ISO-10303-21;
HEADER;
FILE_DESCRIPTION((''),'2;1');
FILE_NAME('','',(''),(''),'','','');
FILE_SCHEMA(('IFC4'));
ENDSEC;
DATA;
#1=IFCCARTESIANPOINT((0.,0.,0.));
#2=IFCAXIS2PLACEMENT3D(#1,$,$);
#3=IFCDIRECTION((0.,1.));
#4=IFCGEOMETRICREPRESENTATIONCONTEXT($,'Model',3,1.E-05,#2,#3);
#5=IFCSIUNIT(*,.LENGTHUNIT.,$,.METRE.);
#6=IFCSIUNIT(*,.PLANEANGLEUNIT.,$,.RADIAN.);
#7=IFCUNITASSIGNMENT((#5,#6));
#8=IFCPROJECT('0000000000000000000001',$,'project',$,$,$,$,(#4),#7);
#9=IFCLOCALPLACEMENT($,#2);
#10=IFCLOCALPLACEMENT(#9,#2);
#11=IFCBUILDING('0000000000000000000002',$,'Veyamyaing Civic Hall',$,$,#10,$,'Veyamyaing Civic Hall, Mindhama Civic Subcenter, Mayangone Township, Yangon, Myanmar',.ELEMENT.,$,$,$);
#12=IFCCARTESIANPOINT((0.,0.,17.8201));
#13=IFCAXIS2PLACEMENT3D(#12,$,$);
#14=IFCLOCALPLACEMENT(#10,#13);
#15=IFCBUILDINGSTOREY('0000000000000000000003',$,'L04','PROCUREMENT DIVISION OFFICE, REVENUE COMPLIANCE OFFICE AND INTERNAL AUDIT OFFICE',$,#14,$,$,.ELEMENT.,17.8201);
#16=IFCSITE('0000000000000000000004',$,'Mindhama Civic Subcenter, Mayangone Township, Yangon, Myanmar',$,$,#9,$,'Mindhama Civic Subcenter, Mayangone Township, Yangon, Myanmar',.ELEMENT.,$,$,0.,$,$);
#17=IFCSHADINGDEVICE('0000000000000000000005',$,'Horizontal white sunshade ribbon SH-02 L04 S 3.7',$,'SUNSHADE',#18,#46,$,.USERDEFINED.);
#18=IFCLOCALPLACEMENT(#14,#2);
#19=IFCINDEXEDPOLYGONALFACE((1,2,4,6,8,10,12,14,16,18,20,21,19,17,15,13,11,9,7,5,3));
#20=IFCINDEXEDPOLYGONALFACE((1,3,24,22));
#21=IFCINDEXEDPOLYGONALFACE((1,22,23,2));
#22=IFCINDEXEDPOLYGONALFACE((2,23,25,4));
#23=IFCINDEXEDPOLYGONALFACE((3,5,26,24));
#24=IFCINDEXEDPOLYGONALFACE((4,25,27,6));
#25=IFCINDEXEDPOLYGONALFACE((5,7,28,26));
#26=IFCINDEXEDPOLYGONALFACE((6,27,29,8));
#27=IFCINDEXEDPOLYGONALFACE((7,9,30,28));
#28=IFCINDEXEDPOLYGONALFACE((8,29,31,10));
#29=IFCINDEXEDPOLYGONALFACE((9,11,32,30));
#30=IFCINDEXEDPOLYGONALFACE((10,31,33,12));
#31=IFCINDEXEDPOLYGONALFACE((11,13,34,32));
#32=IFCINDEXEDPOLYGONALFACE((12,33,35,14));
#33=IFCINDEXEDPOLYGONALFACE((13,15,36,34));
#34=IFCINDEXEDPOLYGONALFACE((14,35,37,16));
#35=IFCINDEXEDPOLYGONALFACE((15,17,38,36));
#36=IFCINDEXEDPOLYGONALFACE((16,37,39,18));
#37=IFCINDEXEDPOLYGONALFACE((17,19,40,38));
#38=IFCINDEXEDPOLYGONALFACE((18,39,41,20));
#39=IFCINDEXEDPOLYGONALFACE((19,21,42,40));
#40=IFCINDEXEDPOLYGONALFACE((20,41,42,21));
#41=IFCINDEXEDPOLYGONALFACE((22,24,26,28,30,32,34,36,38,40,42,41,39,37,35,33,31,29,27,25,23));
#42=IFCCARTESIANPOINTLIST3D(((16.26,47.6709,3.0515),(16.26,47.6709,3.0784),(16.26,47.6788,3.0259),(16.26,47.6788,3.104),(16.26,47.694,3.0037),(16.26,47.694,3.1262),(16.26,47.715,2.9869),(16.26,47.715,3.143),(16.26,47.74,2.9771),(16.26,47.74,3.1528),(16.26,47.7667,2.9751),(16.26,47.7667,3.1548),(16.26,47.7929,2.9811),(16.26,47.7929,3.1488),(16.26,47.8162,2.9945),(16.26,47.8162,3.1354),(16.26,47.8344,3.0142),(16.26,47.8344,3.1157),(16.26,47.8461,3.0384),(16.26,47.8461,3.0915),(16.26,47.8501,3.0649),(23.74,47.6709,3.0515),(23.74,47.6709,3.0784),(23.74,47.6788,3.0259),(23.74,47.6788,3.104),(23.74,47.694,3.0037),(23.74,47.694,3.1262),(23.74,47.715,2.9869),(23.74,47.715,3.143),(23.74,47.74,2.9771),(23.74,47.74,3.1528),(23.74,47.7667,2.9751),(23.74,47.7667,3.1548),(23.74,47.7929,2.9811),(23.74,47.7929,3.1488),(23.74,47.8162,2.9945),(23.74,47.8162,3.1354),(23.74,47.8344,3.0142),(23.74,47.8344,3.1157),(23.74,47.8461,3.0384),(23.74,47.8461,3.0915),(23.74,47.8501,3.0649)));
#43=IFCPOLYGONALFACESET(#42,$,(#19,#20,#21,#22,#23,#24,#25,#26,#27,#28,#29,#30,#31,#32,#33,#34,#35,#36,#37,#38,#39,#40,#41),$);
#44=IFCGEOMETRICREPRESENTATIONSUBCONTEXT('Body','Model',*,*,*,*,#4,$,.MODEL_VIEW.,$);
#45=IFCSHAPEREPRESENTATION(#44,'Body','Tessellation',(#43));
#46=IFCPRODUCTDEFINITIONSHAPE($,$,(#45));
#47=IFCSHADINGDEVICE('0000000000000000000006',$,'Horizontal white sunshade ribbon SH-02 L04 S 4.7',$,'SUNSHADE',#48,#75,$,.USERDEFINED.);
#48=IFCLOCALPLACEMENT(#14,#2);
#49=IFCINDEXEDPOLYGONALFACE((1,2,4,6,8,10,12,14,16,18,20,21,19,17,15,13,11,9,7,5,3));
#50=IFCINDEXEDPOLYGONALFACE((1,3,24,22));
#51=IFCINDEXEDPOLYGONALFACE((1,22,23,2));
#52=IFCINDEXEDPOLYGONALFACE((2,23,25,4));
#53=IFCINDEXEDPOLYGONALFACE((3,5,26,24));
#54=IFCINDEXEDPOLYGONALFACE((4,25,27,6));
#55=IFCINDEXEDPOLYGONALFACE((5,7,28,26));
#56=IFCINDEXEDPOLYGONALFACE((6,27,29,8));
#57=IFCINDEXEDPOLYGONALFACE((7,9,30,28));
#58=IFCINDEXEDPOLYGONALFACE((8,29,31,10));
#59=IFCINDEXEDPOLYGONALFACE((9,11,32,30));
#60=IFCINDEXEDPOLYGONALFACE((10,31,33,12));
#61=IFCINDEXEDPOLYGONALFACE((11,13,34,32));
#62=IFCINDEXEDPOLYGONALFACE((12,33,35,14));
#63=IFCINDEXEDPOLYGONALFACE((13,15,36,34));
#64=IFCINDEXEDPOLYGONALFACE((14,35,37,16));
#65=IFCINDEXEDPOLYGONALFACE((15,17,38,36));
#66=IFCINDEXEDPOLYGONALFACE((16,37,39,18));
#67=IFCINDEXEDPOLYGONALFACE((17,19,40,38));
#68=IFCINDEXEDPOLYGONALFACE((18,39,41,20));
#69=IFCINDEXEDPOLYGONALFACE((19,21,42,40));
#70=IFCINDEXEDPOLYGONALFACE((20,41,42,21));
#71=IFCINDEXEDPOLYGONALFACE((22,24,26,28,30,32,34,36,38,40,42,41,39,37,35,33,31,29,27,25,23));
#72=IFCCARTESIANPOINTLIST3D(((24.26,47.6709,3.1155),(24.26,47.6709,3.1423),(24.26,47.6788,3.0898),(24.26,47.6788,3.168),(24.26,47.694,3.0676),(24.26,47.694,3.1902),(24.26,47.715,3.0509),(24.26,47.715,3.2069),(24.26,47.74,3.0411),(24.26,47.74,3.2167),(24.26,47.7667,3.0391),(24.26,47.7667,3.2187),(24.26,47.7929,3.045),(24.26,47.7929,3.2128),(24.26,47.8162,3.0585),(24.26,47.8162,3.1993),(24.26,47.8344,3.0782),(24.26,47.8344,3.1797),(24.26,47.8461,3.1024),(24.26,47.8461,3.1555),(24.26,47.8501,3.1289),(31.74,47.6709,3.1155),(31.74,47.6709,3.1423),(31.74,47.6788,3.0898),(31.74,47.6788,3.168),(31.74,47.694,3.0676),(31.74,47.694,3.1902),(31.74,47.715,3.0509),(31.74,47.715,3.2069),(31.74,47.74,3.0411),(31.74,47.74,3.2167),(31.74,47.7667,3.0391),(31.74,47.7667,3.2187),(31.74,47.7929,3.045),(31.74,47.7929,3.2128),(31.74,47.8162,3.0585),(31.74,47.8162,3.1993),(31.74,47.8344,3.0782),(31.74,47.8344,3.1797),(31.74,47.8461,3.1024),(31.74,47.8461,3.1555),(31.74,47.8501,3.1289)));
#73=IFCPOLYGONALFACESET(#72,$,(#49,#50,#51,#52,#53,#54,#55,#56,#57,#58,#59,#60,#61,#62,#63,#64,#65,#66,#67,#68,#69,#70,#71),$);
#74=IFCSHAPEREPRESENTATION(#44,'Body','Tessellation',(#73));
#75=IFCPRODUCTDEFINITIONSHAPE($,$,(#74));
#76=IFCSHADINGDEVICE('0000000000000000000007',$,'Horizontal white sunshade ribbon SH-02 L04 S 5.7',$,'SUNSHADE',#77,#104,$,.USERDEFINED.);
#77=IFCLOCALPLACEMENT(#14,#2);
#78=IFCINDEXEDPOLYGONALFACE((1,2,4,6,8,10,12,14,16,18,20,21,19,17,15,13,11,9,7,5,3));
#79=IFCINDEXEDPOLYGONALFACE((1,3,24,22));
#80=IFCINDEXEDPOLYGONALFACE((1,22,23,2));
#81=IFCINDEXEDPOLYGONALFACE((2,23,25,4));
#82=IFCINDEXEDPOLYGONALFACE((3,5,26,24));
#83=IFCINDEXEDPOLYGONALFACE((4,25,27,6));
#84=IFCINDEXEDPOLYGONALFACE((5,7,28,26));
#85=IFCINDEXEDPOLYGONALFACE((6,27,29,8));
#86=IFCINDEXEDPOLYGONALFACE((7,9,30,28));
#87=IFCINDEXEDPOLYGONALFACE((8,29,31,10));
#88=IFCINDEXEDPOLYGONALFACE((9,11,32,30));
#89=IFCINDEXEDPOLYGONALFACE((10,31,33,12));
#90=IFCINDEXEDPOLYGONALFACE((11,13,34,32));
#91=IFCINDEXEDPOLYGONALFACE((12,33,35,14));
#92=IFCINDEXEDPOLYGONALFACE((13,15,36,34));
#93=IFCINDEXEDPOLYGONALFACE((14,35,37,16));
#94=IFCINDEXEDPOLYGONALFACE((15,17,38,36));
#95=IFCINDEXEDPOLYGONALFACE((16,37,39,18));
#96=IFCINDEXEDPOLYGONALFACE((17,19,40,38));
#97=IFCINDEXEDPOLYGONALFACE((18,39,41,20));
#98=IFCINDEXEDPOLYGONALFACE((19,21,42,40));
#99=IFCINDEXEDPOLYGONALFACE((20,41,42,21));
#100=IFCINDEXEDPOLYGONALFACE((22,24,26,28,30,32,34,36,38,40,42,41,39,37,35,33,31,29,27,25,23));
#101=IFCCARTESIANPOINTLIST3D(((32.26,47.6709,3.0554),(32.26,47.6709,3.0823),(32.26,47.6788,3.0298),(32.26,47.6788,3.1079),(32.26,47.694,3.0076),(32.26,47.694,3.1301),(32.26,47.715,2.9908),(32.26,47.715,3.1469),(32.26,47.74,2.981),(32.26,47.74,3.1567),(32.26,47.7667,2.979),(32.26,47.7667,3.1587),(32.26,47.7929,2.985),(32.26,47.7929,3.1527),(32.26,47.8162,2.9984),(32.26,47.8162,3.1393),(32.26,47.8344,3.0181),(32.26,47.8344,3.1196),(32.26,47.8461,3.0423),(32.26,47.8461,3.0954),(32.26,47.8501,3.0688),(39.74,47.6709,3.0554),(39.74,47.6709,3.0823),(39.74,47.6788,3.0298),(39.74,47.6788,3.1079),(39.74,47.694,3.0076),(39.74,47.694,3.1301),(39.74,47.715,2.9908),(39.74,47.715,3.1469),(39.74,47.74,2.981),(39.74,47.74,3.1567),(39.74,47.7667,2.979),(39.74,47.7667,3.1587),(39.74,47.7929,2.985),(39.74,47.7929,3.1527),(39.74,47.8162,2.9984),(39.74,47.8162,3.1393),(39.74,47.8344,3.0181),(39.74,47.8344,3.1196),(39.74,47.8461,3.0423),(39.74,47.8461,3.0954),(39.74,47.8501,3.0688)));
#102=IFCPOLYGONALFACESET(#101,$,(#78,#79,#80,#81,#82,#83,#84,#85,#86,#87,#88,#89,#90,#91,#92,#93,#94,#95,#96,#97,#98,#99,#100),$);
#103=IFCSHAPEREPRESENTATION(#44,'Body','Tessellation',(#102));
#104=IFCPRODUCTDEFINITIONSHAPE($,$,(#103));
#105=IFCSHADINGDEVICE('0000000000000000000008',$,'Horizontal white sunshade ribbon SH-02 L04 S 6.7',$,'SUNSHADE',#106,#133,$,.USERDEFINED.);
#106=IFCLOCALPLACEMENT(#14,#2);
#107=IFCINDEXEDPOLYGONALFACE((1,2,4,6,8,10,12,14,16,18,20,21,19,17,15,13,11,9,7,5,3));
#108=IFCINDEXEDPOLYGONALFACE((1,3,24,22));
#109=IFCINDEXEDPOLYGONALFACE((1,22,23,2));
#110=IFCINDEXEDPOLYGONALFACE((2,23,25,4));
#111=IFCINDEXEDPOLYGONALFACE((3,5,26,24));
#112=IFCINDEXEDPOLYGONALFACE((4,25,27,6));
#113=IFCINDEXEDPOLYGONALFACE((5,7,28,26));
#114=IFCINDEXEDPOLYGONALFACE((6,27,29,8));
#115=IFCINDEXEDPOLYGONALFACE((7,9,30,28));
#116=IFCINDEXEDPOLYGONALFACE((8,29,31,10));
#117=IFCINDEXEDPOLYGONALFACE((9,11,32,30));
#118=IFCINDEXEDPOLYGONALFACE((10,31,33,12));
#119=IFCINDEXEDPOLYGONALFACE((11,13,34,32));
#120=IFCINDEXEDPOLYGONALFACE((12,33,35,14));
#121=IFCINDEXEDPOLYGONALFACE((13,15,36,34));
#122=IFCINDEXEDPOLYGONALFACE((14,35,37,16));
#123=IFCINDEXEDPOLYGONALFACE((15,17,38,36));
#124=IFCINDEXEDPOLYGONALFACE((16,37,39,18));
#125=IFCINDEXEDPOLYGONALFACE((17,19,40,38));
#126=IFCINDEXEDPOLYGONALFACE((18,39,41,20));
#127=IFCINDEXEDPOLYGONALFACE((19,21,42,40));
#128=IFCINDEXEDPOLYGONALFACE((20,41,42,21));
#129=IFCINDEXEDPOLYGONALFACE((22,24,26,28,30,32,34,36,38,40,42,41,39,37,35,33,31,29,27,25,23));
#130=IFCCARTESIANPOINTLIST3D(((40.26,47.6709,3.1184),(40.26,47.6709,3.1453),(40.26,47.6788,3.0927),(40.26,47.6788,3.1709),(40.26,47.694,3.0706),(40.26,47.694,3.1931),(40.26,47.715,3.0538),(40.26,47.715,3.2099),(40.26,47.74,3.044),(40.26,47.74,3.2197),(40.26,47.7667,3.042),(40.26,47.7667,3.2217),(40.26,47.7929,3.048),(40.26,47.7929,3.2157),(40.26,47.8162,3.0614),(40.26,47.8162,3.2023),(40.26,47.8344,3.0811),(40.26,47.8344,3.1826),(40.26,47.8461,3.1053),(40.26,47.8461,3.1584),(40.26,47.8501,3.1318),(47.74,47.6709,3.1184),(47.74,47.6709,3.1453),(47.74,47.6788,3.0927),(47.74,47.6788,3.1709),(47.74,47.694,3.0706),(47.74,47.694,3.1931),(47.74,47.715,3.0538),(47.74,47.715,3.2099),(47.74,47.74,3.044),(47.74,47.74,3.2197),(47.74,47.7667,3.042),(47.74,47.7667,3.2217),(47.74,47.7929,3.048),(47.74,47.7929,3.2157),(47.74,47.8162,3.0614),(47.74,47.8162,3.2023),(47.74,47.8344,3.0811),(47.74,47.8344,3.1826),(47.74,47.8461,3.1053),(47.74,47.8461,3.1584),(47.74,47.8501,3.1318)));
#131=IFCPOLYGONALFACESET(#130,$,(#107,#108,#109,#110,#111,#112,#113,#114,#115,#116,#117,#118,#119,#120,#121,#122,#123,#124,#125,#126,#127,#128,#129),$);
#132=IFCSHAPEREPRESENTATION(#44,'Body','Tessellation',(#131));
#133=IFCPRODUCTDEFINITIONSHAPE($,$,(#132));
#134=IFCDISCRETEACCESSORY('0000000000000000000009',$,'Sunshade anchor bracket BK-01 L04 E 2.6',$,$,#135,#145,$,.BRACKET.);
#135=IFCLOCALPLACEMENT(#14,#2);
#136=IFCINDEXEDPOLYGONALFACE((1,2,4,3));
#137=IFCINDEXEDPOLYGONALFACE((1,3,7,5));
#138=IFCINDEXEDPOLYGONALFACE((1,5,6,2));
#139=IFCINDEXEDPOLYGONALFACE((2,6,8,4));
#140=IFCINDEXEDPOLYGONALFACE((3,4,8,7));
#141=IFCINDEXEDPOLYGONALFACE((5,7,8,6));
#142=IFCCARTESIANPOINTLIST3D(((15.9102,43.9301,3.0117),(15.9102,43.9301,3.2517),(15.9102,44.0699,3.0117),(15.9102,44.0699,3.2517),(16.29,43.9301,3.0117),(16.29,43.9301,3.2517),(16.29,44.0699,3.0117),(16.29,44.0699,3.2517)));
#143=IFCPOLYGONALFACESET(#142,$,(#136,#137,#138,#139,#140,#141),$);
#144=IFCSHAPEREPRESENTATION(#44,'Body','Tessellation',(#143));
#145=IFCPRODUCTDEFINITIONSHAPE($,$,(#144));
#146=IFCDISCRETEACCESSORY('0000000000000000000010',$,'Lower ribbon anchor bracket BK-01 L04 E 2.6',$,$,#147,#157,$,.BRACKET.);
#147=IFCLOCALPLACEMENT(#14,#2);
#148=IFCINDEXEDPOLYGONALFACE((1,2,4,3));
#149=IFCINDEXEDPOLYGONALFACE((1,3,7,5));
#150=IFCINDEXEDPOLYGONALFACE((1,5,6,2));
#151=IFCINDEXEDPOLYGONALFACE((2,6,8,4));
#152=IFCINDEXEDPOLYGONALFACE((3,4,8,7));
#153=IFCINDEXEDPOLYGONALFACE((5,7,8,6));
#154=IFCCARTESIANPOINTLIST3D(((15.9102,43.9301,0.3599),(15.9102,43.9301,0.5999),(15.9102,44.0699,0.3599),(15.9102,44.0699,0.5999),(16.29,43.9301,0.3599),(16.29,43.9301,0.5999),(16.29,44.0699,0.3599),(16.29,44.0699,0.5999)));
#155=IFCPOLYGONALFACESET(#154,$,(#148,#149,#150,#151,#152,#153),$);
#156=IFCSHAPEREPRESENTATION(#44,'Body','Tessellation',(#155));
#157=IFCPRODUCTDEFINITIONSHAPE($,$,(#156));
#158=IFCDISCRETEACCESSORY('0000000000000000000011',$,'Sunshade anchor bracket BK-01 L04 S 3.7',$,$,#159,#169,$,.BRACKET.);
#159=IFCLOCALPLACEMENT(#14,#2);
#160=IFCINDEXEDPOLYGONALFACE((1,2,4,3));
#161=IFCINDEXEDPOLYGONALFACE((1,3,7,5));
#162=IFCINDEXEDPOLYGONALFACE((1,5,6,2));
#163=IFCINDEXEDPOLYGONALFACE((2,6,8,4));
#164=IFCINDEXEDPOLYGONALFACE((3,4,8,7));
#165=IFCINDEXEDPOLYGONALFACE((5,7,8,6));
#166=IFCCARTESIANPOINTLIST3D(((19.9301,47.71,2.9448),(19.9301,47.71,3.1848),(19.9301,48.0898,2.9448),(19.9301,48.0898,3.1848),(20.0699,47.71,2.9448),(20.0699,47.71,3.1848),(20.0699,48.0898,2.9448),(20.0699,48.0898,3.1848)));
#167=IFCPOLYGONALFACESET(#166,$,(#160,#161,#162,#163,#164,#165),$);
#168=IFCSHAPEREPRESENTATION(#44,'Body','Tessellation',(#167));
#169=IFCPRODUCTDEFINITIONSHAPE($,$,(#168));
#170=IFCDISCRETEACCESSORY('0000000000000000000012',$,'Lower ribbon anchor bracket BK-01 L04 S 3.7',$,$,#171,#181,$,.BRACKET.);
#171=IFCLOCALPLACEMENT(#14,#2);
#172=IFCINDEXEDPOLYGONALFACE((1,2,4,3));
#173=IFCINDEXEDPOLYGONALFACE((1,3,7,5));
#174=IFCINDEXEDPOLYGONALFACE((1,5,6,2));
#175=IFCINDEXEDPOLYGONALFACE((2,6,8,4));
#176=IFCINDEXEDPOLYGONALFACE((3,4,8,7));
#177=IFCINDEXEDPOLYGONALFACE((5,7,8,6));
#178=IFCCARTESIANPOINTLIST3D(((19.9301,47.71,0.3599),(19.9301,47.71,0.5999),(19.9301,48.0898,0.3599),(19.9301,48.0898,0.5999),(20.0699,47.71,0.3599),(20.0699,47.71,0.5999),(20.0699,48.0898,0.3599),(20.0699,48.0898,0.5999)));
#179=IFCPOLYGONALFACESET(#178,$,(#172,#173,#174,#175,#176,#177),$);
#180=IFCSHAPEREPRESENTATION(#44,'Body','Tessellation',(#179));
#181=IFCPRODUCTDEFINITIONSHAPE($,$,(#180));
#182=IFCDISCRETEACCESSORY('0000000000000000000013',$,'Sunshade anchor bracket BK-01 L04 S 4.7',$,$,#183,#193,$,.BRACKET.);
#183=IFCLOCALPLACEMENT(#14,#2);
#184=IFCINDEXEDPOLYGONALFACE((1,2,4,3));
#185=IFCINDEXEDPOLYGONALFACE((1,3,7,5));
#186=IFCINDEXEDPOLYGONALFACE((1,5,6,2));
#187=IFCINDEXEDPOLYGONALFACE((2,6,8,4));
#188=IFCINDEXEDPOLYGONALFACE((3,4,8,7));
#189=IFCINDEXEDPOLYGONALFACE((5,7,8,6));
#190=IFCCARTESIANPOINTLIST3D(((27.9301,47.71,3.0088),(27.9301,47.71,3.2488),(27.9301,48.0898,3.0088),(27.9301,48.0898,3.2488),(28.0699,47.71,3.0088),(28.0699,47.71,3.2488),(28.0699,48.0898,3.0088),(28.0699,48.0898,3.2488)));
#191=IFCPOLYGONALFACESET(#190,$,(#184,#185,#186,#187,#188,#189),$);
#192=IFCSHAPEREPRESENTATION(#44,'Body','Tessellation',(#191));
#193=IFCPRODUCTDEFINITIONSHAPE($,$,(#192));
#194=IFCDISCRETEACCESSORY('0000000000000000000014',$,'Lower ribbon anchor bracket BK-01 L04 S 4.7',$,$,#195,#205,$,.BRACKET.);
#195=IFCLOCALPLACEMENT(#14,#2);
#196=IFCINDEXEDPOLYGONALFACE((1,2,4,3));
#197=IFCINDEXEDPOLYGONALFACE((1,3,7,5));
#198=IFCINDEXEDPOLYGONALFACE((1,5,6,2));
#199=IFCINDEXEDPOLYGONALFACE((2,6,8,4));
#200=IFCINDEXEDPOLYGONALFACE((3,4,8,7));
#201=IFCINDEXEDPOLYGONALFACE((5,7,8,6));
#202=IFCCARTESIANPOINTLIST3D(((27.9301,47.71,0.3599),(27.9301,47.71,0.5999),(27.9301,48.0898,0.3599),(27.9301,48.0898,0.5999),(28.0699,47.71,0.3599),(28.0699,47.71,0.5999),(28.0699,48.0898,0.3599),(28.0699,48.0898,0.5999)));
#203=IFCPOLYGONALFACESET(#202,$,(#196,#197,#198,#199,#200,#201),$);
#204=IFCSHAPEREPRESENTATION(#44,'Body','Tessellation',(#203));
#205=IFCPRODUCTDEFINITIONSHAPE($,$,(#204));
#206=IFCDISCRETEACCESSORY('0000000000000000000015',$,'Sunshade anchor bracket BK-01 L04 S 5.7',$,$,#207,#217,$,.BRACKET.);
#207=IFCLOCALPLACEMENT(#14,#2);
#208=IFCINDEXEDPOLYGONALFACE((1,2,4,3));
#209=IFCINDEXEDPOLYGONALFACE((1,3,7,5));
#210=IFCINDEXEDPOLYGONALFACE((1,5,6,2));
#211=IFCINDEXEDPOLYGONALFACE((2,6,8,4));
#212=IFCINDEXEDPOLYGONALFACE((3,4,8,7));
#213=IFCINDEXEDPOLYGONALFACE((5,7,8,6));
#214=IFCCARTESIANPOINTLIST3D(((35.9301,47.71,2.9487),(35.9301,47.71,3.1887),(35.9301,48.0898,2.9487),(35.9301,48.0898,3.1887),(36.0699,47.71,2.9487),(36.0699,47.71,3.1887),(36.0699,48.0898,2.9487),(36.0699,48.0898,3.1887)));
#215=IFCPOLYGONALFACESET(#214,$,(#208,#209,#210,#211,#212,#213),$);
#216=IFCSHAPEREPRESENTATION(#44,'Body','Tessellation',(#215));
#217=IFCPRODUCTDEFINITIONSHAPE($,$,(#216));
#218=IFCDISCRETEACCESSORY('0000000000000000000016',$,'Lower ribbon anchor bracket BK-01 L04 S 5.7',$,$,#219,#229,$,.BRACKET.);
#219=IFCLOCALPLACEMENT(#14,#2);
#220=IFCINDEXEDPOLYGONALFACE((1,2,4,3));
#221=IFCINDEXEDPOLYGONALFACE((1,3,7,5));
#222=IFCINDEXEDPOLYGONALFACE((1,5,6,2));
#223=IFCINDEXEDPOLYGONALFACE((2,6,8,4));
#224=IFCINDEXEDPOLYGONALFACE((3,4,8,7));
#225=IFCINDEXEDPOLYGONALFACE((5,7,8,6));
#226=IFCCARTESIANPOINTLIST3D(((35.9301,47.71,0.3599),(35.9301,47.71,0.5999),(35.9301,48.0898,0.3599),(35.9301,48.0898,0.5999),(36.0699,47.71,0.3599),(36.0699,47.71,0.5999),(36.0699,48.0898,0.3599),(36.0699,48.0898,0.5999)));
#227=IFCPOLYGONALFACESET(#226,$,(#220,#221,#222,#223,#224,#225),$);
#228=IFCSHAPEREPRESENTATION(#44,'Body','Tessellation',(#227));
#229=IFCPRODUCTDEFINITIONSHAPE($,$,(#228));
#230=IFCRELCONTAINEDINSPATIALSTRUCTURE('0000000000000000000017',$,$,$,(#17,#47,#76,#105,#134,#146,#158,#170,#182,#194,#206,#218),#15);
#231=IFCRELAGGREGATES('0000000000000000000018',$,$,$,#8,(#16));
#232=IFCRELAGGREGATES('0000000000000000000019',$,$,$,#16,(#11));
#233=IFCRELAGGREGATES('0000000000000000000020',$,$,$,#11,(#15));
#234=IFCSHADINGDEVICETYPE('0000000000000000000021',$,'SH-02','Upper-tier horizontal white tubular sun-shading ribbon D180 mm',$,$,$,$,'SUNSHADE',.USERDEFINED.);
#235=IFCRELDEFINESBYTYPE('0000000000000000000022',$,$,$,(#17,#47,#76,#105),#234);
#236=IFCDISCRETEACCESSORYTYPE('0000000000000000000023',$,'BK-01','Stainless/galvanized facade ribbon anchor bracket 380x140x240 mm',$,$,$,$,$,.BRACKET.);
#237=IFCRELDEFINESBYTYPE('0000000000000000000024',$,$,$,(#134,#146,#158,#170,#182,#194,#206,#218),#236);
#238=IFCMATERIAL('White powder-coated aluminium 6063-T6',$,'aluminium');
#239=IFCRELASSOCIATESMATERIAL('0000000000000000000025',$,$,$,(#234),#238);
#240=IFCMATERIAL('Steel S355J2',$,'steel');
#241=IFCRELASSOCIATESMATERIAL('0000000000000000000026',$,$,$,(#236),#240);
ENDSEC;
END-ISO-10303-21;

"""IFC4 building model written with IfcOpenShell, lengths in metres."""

from ifc_helpers import new_model, si_unit, direction, frame, origin, origin_2d, place, context, subcontext, project, spatial, rectangle, circle, extrude, material, material_profile, profile_set, type_object, element, save


model = new_model("IFC4")

# Units and contexts
model_context = context("Model", 3, precision=1e-05, world=origin(), true_north=direction((0.0, 1.0)))
body_context = subcontext(model_context, "Body", "Model", "MODEL_VIEW")
ifc_project = project(units=[si_unit("LENGTHUNIT", "METRE"), si_unit("PLANEANGLEUNIT", "RADIAN")], contexts=[model_context])

# Site, building, storey
site_placement = place(None, origin())
site = spatial("IfcSite", under=ifc_project, at=site_placement, Name="Mindhama Civic Subcenter, Mayangone Township, Yangon, Myanmar", LongName="Mindhama Civic Subcenter, Mayangone Township, Yangon, Myanmar", CompositionType="ELEMENT", RefElevation=0.0)
building_placement = place(site_placement, origin())
building = spatial("IfcBuilding", under=site, at=building_placement, Name="Veyamyaing Civic Hall", LongName="Veyamyaing Civic Hall, Mindhama Civic Subcenter, Mayangone Township, Yangon, Myanmar", CompositionType="ELEMENT")
storey_placement = place(building_placement, frame((0.0, 0.0, 17.8201)))
storey = spatial("IfcBuildingStorey", under=building, at=storey_placement, Name="L04", Description="PROCUREMENT DIVISION OFFICE, REVENUE COMPLIANCE OFFICE AND INTERNAL AUDIT OFFICE", CompositionType="ELEMENT", Elevation=17.8201)

# Shared definitions
ifc_material_1 = material(Name="White powder-coated aluminium 6063-T6", Category="aluminium")

# Shading devices
ifc_material_profile_1 = material_profile(ifc_material_1, circle(Radius=0.0901, at=origin_2d()), Name="SHADE-TUBE-180")
ifc_profile_set_1 = profile_set([ifc_material_profile_1], Name="White powder-coated aluminium 6063-T6")
shading_device_type = type_object("IfcShadingDeviceType", Name="SH-02", Description="Upper-tier horizontal white tubular sun-shading ribbon D180 mm", ElementType="SUNSHADE", PredefinedType="USERDEFINED", material=ifc_profile_set_1)
for number, where, z_axis, x_axis, name in (
    (1, (16.26, 47.76, 3.0649), (1.0, 0.0, 0.0), (0.0, 1.0, 0.0), "Horizontal white sunshade ribbon SH-02 L04 S 3.7"),
    (2, (24.26, 47.76, 3.1289), (1.0, 0.0, 0.0), (0.0, 1.0, 0.0), "Horizontal white sunshade ribbon SH-02 L04 S 4.7"),
    (3, (32.26, 47.76, 3.0688), (1.0, 0.0, 0.0), (0.0, 1.0, 0.0), "Horizontal white sunshade ribbon SH-02 L04 S 5.7"),
    (4, (40.26, 47.76, 3.1318), (1.0, 0.0, 0.0), (0.0, 1.0, 0.0), "Horizontal white sunshade ribbon SH-02 L04 S 6.7"),
):
    element("IfcShadingDevice", number, at=place(storey_placement, frame(where, z_axis=z_axis, x_axis=x_axis)), inside=storey, type_object=shading_device_type, Name=name, ObjectType="SUNSHADE", PredefinedType="USERDEFINED", context=body_context, shape_type="SweptSolid", body=[
        extrude(circle(Radius=0.0901, at=origin_2d()), origin(), (0.0, 0.0, 1.0), 7.48),
    ])

# Discrete accessories
ifc_material_2 = material(Name="Steel S355J2", Category="steel")
discrete_accessory_type = type_object("IfcDiscreteAccessoryType", Name="BK-01", Description="Stainless/galvanized facade ribbon anchor bracket 380x140x240 mm", PredefinedType="BRACKET", material=ifc_material_2)
for number, where, z_axis, x_axis, name in (
    (5, (16.1001, 44.0, 3.0117), (0.0, 0.0, 1.0), (1.0, 0.0, 0.0), "Sunshade anchor bracket BK-01 L04 E 2.6"),
    (6, (16.1001, 44.0, 0.3599), (0.0, 0.0, 1.0), (1.0, 0.0, 0.0), "Lower ribbon anchor bracket BK-01 L04 E 2.6"),
    (7, (20.0, 47.8999, 2.9448), (0.0, 0.0, 1.0), (0.0, -1.0, 0.0), "Sunshade anchor bracket BK-01 L04 S 3.7"),
    (8, (20.0, 47.8999, 0.3599), (0.0, 0.0, 1.0), (0.0, -1.0, 0.0), "Lower ribbon anchor bracket BK-01 L04 S 3.7"),
    (9, (28.0, 47.8999, 3.0088), (0.0, 0.0, 1.0), (0.0, -1.0, 0.0), "Sunshade anchor bracket BK-01 L04 S 4.7"),
    (10, (28.0, 47.8999, 0.3599), (0.0, 0.0, 1.0), (0.0, -1.0, 0.0), "Lower ribbon anchor bracket BK-01 L04 S 4.7"),
    (11, (36.0, 47.8999, 2.9487), (0.0, 0.0, 1.0), (0.0, -1.0, 0.0), "Sunshade anchor bracket BK-01 L04 S 5.7"),
    (12, (36.0, 47.8999, 0.3599), (0.0, 0.0, 1.0), (0.0, -1.0, 0.0), "Lower ribbon anchor bracket BK-01 L04 S 5.7"),
):
    element("IfcDiscreteAccessory", number, at=place(storey_placement, frame(where, z_axis=z_axis, x_axis=x_axis)), inside=storey, type_object=discrete_accessory_type, Name=name, PredefinedType="BRACKET", context=body_context, shape_type="SweptSolid", body=[
        extrude(rectangle(XDim=0.3799, YDim=0.1399, at=origin_2d()), origin(), (0.0, 0.0, 1.0), 0.24),
    ])

save(model, "model.ifc")
